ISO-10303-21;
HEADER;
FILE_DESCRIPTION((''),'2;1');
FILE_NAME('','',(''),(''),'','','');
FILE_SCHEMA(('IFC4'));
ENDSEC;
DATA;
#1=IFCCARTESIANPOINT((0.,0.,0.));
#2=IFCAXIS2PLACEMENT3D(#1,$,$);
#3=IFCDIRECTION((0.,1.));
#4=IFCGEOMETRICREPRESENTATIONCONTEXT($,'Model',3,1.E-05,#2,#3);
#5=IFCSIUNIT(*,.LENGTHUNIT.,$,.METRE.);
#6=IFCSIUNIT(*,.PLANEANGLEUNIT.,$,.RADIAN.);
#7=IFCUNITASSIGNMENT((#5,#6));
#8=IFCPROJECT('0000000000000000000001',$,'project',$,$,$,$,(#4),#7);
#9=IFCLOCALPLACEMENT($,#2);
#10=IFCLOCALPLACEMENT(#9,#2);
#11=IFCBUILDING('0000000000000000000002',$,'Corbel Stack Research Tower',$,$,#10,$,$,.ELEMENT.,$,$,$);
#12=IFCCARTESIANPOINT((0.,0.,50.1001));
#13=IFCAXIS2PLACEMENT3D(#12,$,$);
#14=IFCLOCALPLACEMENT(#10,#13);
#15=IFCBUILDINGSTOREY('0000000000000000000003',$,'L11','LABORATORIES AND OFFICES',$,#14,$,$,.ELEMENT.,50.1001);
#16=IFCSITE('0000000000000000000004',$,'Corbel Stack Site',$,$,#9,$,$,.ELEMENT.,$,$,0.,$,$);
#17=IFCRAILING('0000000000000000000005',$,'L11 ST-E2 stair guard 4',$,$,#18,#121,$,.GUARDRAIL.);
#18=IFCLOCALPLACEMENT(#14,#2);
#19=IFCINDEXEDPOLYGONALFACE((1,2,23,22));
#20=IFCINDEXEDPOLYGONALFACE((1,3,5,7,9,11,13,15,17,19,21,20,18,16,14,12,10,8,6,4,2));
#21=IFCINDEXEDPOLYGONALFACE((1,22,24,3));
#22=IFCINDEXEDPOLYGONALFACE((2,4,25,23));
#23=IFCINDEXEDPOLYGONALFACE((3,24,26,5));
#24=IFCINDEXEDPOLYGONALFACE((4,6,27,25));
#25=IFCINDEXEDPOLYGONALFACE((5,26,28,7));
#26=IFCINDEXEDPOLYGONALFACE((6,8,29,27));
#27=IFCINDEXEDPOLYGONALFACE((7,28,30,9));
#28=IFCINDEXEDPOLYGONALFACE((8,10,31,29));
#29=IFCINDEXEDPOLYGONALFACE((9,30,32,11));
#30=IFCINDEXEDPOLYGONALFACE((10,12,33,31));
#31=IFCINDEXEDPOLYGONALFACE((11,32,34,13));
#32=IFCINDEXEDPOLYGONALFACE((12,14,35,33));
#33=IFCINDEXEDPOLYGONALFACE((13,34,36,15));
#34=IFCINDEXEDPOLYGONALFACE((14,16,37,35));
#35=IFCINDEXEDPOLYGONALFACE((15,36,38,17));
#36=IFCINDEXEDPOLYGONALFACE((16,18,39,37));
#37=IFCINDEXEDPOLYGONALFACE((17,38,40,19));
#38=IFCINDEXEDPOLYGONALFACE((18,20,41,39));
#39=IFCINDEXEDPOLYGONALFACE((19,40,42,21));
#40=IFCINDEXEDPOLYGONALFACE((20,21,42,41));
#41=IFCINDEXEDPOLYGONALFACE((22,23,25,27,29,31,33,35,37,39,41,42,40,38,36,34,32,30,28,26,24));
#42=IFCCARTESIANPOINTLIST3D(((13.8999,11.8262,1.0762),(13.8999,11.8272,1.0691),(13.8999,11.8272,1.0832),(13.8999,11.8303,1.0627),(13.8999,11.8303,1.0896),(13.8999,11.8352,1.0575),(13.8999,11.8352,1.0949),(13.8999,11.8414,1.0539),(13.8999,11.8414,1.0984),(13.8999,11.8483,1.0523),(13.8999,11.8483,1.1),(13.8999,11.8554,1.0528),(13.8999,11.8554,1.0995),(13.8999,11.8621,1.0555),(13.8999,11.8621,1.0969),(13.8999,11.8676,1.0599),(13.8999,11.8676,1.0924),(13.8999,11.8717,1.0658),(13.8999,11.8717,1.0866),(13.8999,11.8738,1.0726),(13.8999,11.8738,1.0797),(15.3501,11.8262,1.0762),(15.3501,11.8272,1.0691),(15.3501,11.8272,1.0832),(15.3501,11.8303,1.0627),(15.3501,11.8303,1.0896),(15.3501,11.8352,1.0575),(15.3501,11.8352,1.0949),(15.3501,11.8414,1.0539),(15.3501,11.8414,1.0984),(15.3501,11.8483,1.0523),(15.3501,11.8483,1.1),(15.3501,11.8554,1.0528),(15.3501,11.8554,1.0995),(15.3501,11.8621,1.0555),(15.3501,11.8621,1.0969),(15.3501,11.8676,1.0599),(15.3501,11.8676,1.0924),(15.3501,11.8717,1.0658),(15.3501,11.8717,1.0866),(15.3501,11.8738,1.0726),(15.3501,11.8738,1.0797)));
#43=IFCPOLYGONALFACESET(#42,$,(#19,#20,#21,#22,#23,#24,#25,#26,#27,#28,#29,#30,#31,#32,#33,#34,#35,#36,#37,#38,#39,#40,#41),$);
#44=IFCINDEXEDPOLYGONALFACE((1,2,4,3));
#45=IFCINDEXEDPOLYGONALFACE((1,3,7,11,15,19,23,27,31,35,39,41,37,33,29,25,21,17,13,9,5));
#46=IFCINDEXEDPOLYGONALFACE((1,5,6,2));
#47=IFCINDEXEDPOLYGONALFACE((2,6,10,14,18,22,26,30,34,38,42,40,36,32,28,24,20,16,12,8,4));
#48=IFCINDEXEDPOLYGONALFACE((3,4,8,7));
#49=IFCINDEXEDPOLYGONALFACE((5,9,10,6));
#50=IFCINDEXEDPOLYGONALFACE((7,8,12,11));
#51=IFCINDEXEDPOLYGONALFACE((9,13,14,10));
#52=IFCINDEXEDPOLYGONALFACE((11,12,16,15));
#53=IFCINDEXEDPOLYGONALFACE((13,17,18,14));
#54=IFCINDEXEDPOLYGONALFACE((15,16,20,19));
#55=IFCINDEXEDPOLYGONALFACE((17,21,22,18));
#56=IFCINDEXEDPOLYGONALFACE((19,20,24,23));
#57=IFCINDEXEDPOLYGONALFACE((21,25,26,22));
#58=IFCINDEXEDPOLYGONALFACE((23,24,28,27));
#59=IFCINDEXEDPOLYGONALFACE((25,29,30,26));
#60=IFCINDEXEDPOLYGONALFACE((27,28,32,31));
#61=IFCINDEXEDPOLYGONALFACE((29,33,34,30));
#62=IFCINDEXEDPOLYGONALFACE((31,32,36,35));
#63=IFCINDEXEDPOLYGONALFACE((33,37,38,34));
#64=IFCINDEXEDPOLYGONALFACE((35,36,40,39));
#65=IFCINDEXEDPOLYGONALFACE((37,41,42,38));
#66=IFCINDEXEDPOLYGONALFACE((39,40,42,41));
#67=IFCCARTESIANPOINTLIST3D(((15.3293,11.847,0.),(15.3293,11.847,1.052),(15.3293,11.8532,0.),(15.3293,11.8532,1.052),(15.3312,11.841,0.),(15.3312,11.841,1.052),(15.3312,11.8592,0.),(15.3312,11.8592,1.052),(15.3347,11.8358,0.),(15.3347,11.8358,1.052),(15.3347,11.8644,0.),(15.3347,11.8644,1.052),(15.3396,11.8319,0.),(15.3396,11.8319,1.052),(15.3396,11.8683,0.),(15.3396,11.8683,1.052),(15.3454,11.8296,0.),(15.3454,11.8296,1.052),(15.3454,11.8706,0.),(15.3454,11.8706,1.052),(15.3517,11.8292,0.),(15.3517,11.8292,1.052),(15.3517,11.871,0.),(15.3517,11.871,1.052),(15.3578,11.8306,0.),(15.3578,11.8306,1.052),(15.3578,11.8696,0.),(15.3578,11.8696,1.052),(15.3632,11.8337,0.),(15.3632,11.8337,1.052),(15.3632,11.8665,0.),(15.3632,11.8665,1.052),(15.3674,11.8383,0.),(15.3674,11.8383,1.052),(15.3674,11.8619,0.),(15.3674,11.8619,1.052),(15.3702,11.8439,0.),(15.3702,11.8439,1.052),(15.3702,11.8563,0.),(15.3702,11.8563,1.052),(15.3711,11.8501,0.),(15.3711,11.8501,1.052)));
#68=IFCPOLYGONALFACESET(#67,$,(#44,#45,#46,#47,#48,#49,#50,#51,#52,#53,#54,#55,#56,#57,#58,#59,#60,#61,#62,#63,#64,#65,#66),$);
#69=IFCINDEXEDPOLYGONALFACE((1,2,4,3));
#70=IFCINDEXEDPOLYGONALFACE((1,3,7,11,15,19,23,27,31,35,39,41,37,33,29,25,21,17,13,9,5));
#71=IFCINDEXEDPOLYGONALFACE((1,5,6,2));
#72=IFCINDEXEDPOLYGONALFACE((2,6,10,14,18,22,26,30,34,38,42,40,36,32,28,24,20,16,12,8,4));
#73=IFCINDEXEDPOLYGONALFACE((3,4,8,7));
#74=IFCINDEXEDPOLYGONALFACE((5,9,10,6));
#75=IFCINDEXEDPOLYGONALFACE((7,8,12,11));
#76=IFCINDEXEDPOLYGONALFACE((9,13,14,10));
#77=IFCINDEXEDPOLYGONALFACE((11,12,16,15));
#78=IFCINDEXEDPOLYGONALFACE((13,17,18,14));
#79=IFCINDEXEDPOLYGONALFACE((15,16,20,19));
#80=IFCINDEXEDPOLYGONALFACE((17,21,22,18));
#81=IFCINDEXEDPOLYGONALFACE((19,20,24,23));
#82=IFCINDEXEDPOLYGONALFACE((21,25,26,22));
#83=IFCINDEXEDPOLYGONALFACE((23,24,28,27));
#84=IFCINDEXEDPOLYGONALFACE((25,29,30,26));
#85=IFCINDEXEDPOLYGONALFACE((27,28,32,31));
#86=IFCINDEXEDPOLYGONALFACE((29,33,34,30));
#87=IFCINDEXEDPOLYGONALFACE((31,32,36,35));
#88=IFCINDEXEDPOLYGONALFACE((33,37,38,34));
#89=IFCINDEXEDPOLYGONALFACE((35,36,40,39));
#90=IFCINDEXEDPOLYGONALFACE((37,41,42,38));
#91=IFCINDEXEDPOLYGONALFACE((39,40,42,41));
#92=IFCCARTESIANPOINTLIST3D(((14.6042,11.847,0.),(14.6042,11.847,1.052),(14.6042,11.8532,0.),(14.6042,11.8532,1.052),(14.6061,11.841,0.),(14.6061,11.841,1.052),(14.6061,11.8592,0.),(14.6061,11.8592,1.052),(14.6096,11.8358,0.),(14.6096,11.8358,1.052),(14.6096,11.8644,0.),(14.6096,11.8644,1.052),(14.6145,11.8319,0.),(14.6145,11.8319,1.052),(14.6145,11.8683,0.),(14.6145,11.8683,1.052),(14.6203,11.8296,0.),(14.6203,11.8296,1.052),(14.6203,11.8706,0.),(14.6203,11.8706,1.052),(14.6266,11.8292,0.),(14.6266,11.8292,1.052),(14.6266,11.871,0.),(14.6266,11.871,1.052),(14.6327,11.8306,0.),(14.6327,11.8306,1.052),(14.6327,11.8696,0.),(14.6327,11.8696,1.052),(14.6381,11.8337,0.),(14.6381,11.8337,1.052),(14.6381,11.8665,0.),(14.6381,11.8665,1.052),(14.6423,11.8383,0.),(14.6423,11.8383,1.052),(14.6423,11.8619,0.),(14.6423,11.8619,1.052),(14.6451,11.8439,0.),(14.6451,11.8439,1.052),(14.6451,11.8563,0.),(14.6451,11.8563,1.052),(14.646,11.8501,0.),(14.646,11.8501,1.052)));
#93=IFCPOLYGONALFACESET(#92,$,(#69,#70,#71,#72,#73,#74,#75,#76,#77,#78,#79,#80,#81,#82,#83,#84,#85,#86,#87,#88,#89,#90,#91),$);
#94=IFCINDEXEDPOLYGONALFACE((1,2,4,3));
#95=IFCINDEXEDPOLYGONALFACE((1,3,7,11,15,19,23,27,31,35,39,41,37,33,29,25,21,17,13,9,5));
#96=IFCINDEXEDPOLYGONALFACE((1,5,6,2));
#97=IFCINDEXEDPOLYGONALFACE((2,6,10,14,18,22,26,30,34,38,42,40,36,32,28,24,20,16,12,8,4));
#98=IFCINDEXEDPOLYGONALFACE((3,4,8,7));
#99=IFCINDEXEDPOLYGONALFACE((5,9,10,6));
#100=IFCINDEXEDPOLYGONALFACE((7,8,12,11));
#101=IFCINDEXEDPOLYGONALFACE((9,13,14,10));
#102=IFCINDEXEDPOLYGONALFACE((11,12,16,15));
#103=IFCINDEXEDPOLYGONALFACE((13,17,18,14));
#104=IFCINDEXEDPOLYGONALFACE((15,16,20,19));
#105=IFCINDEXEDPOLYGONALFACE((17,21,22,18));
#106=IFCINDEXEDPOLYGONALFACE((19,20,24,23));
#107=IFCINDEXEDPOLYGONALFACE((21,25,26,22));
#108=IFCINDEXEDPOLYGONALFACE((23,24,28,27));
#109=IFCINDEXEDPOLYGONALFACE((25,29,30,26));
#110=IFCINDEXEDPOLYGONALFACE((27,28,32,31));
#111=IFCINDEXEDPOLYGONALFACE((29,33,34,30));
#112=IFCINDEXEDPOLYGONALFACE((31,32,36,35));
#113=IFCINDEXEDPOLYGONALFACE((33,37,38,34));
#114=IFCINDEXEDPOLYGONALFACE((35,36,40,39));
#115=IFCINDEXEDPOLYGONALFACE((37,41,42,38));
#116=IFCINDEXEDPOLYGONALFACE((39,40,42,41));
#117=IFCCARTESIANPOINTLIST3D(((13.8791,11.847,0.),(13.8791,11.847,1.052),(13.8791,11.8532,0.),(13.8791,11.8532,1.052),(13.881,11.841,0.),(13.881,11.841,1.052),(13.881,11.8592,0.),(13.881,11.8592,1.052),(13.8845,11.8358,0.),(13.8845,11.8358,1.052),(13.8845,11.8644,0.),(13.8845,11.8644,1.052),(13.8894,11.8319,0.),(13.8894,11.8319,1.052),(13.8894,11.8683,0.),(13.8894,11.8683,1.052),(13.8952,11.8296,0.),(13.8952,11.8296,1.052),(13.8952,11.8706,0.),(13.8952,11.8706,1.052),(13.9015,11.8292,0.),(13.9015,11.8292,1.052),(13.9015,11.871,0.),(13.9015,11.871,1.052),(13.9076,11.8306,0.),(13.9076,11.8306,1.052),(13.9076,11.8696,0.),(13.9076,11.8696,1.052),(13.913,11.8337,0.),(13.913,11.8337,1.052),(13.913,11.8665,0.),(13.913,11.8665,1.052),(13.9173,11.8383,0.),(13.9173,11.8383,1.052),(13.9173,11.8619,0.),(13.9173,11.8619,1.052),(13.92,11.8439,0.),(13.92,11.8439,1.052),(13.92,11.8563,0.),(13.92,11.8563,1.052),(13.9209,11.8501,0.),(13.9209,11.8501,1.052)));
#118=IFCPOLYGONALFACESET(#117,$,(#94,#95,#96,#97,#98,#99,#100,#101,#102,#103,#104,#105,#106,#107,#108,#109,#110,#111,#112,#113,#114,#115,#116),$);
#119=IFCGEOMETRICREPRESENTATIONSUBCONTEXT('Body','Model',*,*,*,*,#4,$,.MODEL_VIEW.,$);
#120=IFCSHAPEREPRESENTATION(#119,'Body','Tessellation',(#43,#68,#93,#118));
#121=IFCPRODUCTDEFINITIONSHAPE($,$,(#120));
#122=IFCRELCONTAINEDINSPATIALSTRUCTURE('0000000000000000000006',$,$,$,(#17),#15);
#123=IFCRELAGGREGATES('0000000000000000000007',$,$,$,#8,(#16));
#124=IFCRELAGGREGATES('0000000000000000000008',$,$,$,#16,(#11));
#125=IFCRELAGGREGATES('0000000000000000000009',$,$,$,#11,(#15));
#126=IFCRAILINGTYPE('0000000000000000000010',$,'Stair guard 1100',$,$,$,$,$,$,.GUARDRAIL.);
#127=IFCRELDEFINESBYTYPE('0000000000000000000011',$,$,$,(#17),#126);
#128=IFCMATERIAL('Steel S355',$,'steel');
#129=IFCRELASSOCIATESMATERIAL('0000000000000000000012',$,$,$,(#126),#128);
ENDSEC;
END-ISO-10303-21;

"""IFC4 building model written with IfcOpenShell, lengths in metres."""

from ifc_helpers import new_model, si_unit, direction, frame, origin, origin_2d, place, context, subcontext, project, spatial, circle, extrude, material, type_object, element, save


model = new_model("IFC4")

# Units and contexts
model_context = context("Model", 3, precision=1e-05, world=origin(), true_north=direction((0.0, 1.0)))
body_context = subcontext(model_context, "Body", "Model", "MODEL_VIEW")
ifc_project = project(units=[si_unit("LENGTHUNIT", "METRE"), si_unit("PLANEANGLEUNIT", "RADIAN")], contexts=[model_context])

# Site, building, storey
site_placement = place(None, origin())
site = spatial("IfcSite", under=ifc_project, at=site_placement, Name="Corbel Stack Site", CompositionType="ELEMENT", RefElevation=0.0)
building_placement = place(site_placement, origin())
building = spatial("IfcBuilding", under=site, at=building_placement, Name="Corbel Stack Research Tower", CompositionType="ELEMENT")
storey_placement = place(building_placement, frame((0.0, 0.0, 50.1001)))
storey = spatial("IfcBuildingStorey", under=building, at=storey_placement, Name="L11", Description="LABORATORIES AND OFFICES", CompositionType="ELEMENT", Elevation=50.1001)

# Railing
ifc_material_1 = material(Name="Steel S355", Category="steel")
railing_type_1 = type_object("IfcRailingType", Name="Stair guard 1100", PredefinedType="GUARDRAIL", material=ifc_material_1)
railing_1_placement = place(storey_placement, frame((15.3501, 11.8501, 0.0)))
element("IfcRailing", 1, at=railing_1_placement, inside=storey, type_object=railing_type_1, Name="L11 ST-E2 stair guard 4", PredefinedType="GUARDRAIL", context=body_context, shape_type="SweptSolid", body=[
    extrude(circle(Radius=0.0239, at=origin_2d()), frame((0.0, 0.0, 1.0762), z_axis=(-1.0, 0.0, 0.0), x_axis=(0.0, -1.0, 0.0)), (0.0, 0.0, 1.0), 1.4502),
    extrude(circle(Radius=0.021, at=origin_2d()), origin(), (0.0, 0.0, 1.0), 1.052),
    extrude(circle(Radius=0.021, at=origin_2d()), frame((-0.7251, 0.0, 0.0)), (0.0, 0.0, 1.0), 1.052),
    extrude(circle(Radius=0.021, at=origin_2d()), frame((-1.4502, 0.0, 0.0)), (0.0, 0.0, 1.0), 1.052),
])

save(model, "model.ifc")
